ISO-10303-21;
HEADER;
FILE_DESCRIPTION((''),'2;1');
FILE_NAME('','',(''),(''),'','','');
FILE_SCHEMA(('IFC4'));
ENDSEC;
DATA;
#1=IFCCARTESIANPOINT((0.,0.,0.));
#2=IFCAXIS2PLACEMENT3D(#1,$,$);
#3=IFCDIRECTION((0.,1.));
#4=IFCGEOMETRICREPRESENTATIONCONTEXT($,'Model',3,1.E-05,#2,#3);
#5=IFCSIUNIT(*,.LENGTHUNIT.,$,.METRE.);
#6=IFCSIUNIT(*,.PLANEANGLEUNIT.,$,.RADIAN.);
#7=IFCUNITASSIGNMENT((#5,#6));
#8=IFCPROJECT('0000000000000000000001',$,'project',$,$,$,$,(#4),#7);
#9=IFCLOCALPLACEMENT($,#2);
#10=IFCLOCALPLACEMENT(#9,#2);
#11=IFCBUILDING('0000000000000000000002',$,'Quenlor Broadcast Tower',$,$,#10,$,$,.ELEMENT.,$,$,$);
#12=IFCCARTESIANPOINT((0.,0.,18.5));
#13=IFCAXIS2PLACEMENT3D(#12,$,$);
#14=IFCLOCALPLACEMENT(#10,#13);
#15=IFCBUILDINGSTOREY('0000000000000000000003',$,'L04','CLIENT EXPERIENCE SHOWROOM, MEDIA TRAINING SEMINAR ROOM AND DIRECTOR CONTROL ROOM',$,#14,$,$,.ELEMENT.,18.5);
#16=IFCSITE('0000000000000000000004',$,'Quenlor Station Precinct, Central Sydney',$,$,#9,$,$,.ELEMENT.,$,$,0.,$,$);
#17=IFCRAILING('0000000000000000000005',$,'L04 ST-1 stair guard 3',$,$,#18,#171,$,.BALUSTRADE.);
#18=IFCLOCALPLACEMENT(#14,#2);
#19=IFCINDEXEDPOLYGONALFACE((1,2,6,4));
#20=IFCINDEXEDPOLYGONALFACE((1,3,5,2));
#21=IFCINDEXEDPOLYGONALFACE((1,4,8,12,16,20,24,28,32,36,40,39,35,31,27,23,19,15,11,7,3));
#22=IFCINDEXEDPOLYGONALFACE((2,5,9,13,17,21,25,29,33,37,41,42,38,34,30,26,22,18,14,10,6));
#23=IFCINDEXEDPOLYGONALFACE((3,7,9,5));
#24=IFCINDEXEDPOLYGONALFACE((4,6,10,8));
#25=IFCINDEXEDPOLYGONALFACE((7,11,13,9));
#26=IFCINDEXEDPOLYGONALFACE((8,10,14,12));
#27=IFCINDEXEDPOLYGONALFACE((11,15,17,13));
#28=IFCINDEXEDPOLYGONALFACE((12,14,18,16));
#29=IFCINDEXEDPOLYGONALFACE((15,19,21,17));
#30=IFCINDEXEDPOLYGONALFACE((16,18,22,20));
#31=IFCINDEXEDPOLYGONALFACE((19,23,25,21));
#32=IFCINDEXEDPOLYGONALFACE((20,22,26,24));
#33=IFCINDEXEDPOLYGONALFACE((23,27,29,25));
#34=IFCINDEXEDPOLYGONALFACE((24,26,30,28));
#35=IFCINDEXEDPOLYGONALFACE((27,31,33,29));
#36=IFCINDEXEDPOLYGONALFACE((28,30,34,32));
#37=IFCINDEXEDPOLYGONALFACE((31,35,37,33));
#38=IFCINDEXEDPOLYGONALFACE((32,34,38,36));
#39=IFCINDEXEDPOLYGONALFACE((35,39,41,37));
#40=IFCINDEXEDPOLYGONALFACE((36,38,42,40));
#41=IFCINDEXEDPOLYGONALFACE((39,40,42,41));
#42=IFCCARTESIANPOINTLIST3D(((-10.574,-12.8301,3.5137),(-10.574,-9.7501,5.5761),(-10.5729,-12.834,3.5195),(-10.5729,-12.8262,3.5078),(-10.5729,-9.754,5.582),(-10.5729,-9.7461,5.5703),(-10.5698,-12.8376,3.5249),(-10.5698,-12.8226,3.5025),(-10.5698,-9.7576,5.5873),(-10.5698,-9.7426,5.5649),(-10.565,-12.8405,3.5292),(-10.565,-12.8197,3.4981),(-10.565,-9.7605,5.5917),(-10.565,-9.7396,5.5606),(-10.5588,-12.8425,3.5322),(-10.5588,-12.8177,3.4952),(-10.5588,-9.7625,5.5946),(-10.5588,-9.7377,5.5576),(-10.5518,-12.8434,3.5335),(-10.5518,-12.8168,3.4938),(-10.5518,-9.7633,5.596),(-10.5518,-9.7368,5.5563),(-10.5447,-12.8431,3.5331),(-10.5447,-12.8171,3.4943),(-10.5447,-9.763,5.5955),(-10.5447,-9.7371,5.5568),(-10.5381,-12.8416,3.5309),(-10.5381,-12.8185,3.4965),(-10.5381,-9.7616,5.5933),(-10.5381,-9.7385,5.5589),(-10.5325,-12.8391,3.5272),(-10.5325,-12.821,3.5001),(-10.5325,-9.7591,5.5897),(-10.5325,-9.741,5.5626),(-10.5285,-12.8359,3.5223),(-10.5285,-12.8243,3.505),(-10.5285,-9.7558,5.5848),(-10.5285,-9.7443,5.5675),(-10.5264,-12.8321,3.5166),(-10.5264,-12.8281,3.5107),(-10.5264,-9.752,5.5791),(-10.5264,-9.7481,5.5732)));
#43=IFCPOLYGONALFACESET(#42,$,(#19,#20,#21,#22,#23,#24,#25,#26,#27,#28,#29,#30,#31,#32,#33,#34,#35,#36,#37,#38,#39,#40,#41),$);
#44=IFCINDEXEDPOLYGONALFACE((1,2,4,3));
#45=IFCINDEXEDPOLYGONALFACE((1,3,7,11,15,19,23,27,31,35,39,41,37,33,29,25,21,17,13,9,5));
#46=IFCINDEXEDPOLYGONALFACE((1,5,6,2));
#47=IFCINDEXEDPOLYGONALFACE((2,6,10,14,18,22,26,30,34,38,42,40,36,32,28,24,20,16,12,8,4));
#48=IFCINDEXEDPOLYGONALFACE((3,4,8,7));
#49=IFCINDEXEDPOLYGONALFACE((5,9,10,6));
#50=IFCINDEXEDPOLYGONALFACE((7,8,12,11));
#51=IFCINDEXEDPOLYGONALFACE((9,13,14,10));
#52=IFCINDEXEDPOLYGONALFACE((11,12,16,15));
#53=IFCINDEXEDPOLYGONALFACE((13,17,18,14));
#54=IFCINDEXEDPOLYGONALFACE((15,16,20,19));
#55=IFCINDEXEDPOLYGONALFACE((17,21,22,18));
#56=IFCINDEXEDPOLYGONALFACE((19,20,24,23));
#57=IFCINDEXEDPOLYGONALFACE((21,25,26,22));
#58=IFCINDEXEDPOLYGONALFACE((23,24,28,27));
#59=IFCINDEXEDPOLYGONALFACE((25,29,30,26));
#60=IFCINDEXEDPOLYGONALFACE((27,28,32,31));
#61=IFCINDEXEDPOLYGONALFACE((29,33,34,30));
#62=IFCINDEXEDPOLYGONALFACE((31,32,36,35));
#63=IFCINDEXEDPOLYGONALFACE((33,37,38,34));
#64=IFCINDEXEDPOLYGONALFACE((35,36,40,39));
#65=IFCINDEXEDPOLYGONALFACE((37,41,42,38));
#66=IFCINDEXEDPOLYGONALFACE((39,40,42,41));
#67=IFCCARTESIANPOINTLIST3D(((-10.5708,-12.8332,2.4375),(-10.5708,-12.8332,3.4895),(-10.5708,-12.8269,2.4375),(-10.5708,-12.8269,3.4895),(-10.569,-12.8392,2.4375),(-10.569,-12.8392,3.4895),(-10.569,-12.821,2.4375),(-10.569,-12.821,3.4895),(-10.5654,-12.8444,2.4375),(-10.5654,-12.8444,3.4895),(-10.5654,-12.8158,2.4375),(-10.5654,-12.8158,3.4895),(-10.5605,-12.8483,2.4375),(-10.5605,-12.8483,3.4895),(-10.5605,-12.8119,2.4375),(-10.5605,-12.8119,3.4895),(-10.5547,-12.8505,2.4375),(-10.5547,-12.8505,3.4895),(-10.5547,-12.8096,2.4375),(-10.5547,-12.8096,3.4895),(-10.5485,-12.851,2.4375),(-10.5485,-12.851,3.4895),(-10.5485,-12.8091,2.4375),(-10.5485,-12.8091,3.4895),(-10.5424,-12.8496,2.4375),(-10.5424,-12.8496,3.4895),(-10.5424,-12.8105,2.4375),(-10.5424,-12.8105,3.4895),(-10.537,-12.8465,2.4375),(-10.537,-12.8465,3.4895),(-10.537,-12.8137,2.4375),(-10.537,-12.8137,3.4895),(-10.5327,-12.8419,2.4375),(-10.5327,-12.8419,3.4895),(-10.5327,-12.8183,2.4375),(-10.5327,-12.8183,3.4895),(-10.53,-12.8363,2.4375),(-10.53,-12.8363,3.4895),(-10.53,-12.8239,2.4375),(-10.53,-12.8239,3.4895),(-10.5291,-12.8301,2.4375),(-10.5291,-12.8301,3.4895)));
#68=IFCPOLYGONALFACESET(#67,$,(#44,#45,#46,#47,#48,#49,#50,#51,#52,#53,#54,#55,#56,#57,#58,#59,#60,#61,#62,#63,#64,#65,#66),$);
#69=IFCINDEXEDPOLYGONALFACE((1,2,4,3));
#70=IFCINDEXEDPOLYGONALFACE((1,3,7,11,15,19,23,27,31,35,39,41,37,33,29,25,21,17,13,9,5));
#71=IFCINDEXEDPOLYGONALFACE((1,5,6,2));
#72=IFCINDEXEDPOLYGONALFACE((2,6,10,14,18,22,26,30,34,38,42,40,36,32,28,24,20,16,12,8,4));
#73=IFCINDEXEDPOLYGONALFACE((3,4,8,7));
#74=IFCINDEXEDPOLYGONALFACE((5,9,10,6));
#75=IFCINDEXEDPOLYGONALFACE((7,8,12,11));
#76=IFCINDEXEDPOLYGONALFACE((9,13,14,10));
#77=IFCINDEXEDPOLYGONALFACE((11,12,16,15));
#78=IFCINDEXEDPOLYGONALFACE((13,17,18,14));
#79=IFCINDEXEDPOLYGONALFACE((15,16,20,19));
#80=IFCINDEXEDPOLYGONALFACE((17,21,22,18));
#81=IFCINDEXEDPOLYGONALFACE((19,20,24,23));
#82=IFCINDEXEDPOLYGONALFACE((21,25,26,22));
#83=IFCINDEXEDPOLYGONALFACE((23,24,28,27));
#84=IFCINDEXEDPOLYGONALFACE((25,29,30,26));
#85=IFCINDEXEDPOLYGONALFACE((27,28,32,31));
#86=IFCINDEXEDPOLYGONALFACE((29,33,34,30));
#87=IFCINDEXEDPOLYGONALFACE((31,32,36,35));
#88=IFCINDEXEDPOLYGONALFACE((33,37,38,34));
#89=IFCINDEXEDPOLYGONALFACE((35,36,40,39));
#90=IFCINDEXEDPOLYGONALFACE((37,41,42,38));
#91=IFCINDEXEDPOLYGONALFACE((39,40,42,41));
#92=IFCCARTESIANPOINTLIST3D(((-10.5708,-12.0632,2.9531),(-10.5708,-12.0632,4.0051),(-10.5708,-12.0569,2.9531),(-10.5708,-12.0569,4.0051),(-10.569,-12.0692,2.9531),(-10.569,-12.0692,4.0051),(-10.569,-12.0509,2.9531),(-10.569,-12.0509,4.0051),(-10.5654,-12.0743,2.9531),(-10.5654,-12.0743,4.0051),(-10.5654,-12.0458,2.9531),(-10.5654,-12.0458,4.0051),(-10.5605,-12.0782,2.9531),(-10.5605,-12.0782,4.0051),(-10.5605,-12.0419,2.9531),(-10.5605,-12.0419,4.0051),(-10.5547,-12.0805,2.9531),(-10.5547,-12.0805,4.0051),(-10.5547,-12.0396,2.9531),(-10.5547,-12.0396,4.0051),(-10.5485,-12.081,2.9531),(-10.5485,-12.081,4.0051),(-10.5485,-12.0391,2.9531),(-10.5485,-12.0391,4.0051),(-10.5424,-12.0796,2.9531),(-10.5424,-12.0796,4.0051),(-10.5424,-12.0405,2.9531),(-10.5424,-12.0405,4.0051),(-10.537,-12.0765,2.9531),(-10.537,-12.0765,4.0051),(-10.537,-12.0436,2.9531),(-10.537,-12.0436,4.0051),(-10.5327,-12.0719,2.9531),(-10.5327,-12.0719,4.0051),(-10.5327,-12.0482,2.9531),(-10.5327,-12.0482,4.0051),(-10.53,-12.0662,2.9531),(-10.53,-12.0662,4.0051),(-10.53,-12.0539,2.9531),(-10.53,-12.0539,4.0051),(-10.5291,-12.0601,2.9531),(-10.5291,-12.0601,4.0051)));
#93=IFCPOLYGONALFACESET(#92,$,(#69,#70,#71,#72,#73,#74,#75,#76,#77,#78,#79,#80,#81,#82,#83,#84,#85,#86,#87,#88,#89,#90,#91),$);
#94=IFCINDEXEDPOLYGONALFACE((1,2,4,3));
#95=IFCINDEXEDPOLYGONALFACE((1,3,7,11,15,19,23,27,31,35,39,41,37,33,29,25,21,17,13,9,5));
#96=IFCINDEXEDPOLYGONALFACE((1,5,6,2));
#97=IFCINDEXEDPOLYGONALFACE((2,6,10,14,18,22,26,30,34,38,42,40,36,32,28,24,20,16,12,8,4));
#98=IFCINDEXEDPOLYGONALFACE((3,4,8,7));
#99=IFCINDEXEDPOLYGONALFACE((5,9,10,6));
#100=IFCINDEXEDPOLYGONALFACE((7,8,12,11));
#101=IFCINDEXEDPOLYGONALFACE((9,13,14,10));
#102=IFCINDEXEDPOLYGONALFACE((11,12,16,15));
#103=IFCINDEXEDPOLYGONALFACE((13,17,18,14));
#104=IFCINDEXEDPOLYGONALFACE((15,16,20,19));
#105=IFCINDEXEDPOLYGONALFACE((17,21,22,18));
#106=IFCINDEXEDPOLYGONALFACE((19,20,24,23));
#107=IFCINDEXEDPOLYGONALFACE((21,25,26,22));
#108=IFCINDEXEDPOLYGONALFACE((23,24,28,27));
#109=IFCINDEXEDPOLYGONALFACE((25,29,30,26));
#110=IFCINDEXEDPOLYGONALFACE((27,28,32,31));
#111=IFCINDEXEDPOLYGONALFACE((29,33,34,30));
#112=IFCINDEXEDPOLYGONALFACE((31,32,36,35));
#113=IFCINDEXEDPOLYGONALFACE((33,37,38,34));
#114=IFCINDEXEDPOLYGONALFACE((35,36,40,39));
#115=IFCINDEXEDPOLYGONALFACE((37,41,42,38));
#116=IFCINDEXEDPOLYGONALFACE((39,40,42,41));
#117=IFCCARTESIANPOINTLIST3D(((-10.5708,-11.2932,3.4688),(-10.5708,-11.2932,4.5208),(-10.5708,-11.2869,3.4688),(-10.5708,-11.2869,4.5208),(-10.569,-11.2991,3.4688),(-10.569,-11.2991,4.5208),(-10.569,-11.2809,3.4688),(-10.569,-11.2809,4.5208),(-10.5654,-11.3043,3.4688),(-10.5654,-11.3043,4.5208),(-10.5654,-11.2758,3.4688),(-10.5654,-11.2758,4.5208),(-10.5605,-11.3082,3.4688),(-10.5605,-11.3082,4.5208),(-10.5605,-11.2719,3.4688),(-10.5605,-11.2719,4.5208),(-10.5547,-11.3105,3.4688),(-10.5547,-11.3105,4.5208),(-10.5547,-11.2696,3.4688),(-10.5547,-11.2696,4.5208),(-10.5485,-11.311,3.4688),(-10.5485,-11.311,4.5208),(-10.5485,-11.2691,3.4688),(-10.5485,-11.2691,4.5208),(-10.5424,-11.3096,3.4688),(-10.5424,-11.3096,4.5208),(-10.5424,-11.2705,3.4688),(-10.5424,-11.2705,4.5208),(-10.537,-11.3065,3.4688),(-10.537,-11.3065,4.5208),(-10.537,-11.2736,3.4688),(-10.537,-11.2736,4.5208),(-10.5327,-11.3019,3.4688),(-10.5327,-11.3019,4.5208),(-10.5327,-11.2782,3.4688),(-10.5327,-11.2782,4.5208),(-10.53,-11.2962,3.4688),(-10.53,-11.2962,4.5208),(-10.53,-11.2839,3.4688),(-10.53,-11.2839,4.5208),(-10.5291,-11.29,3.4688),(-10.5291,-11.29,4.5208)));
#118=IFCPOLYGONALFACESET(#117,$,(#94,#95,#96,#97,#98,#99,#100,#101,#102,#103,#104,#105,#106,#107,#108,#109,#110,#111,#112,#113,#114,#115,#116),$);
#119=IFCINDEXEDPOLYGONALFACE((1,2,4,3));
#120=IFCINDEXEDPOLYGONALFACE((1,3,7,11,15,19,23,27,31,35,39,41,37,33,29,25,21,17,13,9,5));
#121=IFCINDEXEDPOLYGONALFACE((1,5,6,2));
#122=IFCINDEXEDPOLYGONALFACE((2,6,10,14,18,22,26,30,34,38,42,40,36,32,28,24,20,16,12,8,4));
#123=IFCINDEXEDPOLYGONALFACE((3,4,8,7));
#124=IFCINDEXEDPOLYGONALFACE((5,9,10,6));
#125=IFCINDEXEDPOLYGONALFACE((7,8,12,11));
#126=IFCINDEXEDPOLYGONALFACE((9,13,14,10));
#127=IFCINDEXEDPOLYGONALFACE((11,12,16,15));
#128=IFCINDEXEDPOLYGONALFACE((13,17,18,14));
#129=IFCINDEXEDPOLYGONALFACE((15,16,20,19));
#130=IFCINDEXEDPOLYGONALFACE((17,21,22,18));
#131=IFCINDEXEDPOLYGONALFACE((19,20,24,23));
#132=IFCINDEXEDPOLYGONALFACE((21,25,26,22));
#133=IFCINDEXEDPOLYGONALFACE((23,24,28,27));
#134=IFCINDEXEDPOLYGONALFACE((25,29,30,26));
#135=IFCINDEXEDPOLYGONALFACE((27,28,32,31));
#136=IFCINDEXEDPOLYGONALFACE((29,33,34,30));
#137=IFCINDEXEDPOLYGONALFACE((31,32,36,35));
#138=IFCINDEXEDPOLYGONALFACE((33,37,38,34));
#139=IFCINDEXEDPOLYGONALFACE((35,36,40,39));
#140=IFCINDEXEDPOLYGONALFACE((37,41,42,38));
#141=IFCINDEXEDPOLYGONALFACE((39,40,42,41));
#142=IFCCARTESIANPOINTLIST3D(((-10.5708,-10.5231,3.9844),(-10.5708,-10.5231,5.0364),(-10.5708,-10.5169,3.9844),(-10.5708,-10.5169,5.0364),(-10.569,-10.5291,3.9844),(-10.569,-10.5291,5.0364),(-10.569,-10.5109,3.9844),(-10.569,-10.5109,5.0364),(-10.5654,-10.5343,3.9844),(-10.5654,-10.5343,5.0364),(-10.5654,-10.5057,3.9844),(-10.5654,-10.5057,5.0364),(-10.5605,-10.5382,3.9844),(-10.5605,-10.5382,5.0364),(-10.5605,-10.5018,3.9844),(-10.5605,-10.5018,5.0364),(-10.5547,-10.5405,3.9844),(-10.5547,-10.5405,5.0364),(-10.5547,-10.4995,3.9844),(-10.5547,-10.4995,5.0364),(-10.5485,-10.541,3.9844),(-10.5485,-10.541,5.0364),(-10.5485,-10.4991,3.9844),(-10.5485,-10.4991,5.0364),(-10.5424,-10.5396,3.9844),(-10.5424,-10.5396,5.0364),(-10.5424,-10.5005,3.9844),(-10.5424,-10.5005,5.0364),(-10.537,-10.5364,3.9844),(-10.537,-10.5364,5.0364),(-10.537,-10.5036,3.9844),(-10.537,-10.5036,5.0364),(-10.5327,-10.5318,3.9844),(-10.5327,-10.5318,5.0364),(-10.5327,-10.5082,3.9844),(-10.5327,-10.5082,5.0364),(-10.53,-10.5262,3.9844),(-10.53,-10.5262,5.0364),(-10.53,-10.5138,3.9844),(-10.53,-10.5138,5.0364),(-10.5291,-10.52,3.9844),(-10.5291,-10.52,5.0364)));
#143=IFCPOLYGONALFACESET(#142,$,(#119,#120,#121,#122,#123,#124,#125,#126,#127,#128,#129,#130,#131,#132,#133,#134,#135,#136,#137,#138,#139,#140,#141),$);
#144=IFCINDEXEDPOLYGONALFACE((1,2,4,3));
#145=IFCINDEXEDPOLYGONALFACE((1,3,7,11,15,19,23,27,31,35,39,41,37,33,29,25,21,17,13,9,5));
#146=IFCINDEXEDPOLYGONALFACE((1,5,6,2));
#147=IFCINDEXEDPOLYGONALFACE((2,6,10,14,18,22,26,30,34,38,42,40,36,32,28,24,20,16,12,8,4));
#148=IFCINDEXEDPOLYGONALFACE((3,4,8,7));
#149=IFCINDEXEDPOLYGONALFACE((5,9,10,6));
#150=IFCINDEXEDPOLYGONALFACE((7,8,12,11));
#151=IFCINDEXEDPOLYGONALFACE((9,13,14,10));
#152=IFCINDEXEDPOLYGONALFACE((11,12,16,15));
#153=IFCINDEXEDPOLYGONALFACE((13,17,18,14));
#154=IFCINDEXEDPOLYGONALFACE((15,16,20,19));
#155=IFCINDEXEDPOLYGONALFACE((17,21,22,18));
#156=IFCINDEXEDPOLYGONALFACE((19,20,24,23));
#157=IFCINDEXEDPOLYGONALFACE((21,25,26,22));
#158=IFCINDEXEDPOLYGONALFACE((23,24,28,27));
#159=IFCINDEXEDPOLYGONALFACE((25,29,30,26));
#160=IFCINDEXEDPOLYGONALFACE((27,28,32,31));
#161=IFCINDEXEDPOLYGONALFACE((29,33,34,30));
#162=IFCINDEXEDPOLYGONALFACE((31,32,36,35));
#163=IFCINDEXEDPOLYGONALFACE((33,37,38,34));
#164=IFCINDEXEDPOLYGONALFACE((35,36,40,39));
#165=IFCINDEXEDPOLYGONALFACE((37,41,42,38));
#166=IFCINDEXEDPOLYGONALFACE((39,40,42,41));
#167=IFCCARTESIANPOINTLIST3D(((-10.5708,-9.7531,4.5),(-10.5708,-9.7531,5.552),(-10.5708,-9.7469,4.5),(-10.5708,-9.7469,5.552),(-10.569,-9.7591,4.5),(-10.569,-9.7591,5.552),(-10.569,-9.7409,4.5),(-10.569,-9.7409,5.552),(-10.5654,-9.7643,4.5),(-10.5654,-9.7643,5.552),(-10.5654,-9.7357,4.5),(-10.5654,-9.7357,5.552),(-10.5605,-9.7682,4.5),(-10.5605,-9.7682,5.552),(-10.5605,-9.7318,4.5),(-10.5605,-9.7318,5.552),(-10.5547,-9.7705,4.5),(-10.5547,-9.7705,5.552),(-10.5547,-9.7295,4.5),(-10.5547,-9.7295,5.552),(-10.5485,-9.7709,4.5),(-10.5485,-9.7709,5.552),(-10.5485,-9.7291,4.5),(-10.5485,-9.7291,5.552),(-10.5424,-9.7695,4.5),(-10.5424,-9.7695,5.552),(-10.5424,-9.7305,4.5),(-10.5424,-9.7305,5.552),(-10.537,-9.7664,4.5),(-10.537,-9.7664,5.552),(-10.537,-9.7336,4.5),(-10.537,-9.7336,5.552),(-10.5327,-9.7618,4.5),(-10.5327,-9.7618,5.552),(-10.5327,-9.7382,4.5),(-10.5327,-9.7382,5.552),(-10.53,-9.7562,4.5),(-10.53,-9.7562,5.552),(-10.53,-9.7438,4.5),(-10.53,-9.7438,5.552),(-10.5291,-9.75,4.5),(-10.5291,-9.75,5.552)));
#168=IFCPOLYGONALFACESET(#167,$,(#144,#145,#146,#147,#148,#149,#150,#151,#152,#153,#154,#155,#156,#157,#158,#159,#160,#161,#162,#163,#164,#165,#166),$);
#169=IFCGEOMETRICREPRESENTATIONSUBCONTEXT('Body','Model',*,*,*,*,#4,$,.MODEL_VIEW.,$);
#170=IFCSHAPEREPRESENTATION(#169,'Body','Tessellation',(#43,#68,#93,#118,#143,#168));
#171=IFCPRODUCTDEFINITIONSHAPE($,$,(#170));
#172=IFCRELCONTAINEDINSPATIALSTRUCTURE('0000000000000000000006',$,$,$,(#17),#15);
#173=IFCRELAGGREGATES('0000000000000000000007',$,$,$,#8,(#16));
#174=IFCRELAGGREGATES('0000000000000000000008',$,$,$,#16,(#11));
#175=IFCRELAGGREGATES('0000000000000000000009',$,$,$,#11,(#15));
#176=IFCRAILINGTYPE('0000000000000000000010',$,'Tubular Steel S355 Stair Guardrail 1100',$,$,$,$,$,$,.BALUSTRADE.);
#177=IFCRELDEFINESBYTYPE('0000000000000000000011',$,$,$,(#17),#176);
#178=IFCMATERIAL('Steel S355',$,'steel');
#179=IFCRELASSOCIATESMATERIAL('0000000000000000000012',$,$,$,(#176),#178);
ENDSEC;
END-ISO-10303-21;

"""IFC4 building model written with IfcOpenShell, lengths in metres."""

from ifc_helpers import new_model, si_unit, direction, frame, origin, origin_2d, place, context, subcontext, project, spatial, circle, extrude, material, type_object, element, save


model = new_model("IFC4")

# Units and contexts
model_context = context("Model", 3, precision=1e-05, world=origin(), true_north=direction((0.0, 1.0)))
body_context = subcontext(model_context, "Body", "Model", "MODEL_VIEW")
ifc_project = project(units=[si_unit("LENGTHUNIT", "METRE"), si_unit("PLANEANGLEUNIT", "RADIAN")], contexts=[model_context])

# Site, building, storey
site_placement = place(None, origin())
site = spatial("IfcSite", under=ifc_project, at=site_placement, Name="Quenlor Station Precinct, Central Sydney", CompositionType="ELEMENT", RefElevation=0.0)
building_placement = place(site_placement, origin())
building = spatial("IfcBuilding", under=site, at=building_placement, Name="Quenlor Broadcast Tower", CompositionType="ELEMENT")
storey_placement = place(building_placement, frame((0.0, 0.0, 18.5)))
storey = spatial("IfcBuildingStorey", under=building, at=storey_placement, Name="L04", Description="CLIENT EXPERIENCE SHOWROOM, MEDIA TRAINING SEMINAR ROOM AND DIRECTOR CONTROL ROOM", CompositionType="ELEMENT", Elevation=18.5)

# Railing
ifc_material_1 = material(Name="Steel S355", Category="steel")
railing_type_1 = type_object("IfcRailingType", Name="Tubular Steel S355 Stair Guardrail 1100", PredefinedType="BALUSTRADE", material=ifc_material_1)
railing_1_placement = place(storey_placement, frame((-10.55, -12.8301, 2.4375)))
element("IfcRailing", 1, at=railing_1_placement, inside=storey, type_object=railing_type_1, Name="L04 ST-1 stair guard 3", PredefinedType="BALUSTRADE", context=body_context, shape_type="SweptSolid", body=[
    extrude(circle(Radius=0.0239, at=origin_2d()), frame((0.0, 0.0, 1.0762), z_axis=(0.0, 0.830914, 0.556401), x_axis=(-1.0, 0.0, 0.0)), (0.0, 0.0, 1.0), 3.7068),
    extrude(circle(Radius=0.021, at=origin_2d()), origin(), (0.0, 0.0, 1.0), 1.052),
    extrude(circle(Radius=0.021, at=origin_2d()), frame((0.0, 0.77, 0.5156)), (0.0, 0.0, 1.0), 1.052),
    extrude(circle(Radius=0.021, at=origin_2d()), frame((0.0, 1.54, 1.0312)), (0.0, 0.0, 1.0), 1.052),
    extrude(circle(Radius=0.021, at=origin_2d()), frame((0.0, 2.3101, 1.5469)), (0.0, 0.0, 1.0), 1.052),
    extrude(circle(Radius=0.021, at=origin_2d()), frame((0.0, 3.0801, 2.0625)), (0.0, 0.0, 1.0), 1.052),
])

save(model, "model.ifc")
